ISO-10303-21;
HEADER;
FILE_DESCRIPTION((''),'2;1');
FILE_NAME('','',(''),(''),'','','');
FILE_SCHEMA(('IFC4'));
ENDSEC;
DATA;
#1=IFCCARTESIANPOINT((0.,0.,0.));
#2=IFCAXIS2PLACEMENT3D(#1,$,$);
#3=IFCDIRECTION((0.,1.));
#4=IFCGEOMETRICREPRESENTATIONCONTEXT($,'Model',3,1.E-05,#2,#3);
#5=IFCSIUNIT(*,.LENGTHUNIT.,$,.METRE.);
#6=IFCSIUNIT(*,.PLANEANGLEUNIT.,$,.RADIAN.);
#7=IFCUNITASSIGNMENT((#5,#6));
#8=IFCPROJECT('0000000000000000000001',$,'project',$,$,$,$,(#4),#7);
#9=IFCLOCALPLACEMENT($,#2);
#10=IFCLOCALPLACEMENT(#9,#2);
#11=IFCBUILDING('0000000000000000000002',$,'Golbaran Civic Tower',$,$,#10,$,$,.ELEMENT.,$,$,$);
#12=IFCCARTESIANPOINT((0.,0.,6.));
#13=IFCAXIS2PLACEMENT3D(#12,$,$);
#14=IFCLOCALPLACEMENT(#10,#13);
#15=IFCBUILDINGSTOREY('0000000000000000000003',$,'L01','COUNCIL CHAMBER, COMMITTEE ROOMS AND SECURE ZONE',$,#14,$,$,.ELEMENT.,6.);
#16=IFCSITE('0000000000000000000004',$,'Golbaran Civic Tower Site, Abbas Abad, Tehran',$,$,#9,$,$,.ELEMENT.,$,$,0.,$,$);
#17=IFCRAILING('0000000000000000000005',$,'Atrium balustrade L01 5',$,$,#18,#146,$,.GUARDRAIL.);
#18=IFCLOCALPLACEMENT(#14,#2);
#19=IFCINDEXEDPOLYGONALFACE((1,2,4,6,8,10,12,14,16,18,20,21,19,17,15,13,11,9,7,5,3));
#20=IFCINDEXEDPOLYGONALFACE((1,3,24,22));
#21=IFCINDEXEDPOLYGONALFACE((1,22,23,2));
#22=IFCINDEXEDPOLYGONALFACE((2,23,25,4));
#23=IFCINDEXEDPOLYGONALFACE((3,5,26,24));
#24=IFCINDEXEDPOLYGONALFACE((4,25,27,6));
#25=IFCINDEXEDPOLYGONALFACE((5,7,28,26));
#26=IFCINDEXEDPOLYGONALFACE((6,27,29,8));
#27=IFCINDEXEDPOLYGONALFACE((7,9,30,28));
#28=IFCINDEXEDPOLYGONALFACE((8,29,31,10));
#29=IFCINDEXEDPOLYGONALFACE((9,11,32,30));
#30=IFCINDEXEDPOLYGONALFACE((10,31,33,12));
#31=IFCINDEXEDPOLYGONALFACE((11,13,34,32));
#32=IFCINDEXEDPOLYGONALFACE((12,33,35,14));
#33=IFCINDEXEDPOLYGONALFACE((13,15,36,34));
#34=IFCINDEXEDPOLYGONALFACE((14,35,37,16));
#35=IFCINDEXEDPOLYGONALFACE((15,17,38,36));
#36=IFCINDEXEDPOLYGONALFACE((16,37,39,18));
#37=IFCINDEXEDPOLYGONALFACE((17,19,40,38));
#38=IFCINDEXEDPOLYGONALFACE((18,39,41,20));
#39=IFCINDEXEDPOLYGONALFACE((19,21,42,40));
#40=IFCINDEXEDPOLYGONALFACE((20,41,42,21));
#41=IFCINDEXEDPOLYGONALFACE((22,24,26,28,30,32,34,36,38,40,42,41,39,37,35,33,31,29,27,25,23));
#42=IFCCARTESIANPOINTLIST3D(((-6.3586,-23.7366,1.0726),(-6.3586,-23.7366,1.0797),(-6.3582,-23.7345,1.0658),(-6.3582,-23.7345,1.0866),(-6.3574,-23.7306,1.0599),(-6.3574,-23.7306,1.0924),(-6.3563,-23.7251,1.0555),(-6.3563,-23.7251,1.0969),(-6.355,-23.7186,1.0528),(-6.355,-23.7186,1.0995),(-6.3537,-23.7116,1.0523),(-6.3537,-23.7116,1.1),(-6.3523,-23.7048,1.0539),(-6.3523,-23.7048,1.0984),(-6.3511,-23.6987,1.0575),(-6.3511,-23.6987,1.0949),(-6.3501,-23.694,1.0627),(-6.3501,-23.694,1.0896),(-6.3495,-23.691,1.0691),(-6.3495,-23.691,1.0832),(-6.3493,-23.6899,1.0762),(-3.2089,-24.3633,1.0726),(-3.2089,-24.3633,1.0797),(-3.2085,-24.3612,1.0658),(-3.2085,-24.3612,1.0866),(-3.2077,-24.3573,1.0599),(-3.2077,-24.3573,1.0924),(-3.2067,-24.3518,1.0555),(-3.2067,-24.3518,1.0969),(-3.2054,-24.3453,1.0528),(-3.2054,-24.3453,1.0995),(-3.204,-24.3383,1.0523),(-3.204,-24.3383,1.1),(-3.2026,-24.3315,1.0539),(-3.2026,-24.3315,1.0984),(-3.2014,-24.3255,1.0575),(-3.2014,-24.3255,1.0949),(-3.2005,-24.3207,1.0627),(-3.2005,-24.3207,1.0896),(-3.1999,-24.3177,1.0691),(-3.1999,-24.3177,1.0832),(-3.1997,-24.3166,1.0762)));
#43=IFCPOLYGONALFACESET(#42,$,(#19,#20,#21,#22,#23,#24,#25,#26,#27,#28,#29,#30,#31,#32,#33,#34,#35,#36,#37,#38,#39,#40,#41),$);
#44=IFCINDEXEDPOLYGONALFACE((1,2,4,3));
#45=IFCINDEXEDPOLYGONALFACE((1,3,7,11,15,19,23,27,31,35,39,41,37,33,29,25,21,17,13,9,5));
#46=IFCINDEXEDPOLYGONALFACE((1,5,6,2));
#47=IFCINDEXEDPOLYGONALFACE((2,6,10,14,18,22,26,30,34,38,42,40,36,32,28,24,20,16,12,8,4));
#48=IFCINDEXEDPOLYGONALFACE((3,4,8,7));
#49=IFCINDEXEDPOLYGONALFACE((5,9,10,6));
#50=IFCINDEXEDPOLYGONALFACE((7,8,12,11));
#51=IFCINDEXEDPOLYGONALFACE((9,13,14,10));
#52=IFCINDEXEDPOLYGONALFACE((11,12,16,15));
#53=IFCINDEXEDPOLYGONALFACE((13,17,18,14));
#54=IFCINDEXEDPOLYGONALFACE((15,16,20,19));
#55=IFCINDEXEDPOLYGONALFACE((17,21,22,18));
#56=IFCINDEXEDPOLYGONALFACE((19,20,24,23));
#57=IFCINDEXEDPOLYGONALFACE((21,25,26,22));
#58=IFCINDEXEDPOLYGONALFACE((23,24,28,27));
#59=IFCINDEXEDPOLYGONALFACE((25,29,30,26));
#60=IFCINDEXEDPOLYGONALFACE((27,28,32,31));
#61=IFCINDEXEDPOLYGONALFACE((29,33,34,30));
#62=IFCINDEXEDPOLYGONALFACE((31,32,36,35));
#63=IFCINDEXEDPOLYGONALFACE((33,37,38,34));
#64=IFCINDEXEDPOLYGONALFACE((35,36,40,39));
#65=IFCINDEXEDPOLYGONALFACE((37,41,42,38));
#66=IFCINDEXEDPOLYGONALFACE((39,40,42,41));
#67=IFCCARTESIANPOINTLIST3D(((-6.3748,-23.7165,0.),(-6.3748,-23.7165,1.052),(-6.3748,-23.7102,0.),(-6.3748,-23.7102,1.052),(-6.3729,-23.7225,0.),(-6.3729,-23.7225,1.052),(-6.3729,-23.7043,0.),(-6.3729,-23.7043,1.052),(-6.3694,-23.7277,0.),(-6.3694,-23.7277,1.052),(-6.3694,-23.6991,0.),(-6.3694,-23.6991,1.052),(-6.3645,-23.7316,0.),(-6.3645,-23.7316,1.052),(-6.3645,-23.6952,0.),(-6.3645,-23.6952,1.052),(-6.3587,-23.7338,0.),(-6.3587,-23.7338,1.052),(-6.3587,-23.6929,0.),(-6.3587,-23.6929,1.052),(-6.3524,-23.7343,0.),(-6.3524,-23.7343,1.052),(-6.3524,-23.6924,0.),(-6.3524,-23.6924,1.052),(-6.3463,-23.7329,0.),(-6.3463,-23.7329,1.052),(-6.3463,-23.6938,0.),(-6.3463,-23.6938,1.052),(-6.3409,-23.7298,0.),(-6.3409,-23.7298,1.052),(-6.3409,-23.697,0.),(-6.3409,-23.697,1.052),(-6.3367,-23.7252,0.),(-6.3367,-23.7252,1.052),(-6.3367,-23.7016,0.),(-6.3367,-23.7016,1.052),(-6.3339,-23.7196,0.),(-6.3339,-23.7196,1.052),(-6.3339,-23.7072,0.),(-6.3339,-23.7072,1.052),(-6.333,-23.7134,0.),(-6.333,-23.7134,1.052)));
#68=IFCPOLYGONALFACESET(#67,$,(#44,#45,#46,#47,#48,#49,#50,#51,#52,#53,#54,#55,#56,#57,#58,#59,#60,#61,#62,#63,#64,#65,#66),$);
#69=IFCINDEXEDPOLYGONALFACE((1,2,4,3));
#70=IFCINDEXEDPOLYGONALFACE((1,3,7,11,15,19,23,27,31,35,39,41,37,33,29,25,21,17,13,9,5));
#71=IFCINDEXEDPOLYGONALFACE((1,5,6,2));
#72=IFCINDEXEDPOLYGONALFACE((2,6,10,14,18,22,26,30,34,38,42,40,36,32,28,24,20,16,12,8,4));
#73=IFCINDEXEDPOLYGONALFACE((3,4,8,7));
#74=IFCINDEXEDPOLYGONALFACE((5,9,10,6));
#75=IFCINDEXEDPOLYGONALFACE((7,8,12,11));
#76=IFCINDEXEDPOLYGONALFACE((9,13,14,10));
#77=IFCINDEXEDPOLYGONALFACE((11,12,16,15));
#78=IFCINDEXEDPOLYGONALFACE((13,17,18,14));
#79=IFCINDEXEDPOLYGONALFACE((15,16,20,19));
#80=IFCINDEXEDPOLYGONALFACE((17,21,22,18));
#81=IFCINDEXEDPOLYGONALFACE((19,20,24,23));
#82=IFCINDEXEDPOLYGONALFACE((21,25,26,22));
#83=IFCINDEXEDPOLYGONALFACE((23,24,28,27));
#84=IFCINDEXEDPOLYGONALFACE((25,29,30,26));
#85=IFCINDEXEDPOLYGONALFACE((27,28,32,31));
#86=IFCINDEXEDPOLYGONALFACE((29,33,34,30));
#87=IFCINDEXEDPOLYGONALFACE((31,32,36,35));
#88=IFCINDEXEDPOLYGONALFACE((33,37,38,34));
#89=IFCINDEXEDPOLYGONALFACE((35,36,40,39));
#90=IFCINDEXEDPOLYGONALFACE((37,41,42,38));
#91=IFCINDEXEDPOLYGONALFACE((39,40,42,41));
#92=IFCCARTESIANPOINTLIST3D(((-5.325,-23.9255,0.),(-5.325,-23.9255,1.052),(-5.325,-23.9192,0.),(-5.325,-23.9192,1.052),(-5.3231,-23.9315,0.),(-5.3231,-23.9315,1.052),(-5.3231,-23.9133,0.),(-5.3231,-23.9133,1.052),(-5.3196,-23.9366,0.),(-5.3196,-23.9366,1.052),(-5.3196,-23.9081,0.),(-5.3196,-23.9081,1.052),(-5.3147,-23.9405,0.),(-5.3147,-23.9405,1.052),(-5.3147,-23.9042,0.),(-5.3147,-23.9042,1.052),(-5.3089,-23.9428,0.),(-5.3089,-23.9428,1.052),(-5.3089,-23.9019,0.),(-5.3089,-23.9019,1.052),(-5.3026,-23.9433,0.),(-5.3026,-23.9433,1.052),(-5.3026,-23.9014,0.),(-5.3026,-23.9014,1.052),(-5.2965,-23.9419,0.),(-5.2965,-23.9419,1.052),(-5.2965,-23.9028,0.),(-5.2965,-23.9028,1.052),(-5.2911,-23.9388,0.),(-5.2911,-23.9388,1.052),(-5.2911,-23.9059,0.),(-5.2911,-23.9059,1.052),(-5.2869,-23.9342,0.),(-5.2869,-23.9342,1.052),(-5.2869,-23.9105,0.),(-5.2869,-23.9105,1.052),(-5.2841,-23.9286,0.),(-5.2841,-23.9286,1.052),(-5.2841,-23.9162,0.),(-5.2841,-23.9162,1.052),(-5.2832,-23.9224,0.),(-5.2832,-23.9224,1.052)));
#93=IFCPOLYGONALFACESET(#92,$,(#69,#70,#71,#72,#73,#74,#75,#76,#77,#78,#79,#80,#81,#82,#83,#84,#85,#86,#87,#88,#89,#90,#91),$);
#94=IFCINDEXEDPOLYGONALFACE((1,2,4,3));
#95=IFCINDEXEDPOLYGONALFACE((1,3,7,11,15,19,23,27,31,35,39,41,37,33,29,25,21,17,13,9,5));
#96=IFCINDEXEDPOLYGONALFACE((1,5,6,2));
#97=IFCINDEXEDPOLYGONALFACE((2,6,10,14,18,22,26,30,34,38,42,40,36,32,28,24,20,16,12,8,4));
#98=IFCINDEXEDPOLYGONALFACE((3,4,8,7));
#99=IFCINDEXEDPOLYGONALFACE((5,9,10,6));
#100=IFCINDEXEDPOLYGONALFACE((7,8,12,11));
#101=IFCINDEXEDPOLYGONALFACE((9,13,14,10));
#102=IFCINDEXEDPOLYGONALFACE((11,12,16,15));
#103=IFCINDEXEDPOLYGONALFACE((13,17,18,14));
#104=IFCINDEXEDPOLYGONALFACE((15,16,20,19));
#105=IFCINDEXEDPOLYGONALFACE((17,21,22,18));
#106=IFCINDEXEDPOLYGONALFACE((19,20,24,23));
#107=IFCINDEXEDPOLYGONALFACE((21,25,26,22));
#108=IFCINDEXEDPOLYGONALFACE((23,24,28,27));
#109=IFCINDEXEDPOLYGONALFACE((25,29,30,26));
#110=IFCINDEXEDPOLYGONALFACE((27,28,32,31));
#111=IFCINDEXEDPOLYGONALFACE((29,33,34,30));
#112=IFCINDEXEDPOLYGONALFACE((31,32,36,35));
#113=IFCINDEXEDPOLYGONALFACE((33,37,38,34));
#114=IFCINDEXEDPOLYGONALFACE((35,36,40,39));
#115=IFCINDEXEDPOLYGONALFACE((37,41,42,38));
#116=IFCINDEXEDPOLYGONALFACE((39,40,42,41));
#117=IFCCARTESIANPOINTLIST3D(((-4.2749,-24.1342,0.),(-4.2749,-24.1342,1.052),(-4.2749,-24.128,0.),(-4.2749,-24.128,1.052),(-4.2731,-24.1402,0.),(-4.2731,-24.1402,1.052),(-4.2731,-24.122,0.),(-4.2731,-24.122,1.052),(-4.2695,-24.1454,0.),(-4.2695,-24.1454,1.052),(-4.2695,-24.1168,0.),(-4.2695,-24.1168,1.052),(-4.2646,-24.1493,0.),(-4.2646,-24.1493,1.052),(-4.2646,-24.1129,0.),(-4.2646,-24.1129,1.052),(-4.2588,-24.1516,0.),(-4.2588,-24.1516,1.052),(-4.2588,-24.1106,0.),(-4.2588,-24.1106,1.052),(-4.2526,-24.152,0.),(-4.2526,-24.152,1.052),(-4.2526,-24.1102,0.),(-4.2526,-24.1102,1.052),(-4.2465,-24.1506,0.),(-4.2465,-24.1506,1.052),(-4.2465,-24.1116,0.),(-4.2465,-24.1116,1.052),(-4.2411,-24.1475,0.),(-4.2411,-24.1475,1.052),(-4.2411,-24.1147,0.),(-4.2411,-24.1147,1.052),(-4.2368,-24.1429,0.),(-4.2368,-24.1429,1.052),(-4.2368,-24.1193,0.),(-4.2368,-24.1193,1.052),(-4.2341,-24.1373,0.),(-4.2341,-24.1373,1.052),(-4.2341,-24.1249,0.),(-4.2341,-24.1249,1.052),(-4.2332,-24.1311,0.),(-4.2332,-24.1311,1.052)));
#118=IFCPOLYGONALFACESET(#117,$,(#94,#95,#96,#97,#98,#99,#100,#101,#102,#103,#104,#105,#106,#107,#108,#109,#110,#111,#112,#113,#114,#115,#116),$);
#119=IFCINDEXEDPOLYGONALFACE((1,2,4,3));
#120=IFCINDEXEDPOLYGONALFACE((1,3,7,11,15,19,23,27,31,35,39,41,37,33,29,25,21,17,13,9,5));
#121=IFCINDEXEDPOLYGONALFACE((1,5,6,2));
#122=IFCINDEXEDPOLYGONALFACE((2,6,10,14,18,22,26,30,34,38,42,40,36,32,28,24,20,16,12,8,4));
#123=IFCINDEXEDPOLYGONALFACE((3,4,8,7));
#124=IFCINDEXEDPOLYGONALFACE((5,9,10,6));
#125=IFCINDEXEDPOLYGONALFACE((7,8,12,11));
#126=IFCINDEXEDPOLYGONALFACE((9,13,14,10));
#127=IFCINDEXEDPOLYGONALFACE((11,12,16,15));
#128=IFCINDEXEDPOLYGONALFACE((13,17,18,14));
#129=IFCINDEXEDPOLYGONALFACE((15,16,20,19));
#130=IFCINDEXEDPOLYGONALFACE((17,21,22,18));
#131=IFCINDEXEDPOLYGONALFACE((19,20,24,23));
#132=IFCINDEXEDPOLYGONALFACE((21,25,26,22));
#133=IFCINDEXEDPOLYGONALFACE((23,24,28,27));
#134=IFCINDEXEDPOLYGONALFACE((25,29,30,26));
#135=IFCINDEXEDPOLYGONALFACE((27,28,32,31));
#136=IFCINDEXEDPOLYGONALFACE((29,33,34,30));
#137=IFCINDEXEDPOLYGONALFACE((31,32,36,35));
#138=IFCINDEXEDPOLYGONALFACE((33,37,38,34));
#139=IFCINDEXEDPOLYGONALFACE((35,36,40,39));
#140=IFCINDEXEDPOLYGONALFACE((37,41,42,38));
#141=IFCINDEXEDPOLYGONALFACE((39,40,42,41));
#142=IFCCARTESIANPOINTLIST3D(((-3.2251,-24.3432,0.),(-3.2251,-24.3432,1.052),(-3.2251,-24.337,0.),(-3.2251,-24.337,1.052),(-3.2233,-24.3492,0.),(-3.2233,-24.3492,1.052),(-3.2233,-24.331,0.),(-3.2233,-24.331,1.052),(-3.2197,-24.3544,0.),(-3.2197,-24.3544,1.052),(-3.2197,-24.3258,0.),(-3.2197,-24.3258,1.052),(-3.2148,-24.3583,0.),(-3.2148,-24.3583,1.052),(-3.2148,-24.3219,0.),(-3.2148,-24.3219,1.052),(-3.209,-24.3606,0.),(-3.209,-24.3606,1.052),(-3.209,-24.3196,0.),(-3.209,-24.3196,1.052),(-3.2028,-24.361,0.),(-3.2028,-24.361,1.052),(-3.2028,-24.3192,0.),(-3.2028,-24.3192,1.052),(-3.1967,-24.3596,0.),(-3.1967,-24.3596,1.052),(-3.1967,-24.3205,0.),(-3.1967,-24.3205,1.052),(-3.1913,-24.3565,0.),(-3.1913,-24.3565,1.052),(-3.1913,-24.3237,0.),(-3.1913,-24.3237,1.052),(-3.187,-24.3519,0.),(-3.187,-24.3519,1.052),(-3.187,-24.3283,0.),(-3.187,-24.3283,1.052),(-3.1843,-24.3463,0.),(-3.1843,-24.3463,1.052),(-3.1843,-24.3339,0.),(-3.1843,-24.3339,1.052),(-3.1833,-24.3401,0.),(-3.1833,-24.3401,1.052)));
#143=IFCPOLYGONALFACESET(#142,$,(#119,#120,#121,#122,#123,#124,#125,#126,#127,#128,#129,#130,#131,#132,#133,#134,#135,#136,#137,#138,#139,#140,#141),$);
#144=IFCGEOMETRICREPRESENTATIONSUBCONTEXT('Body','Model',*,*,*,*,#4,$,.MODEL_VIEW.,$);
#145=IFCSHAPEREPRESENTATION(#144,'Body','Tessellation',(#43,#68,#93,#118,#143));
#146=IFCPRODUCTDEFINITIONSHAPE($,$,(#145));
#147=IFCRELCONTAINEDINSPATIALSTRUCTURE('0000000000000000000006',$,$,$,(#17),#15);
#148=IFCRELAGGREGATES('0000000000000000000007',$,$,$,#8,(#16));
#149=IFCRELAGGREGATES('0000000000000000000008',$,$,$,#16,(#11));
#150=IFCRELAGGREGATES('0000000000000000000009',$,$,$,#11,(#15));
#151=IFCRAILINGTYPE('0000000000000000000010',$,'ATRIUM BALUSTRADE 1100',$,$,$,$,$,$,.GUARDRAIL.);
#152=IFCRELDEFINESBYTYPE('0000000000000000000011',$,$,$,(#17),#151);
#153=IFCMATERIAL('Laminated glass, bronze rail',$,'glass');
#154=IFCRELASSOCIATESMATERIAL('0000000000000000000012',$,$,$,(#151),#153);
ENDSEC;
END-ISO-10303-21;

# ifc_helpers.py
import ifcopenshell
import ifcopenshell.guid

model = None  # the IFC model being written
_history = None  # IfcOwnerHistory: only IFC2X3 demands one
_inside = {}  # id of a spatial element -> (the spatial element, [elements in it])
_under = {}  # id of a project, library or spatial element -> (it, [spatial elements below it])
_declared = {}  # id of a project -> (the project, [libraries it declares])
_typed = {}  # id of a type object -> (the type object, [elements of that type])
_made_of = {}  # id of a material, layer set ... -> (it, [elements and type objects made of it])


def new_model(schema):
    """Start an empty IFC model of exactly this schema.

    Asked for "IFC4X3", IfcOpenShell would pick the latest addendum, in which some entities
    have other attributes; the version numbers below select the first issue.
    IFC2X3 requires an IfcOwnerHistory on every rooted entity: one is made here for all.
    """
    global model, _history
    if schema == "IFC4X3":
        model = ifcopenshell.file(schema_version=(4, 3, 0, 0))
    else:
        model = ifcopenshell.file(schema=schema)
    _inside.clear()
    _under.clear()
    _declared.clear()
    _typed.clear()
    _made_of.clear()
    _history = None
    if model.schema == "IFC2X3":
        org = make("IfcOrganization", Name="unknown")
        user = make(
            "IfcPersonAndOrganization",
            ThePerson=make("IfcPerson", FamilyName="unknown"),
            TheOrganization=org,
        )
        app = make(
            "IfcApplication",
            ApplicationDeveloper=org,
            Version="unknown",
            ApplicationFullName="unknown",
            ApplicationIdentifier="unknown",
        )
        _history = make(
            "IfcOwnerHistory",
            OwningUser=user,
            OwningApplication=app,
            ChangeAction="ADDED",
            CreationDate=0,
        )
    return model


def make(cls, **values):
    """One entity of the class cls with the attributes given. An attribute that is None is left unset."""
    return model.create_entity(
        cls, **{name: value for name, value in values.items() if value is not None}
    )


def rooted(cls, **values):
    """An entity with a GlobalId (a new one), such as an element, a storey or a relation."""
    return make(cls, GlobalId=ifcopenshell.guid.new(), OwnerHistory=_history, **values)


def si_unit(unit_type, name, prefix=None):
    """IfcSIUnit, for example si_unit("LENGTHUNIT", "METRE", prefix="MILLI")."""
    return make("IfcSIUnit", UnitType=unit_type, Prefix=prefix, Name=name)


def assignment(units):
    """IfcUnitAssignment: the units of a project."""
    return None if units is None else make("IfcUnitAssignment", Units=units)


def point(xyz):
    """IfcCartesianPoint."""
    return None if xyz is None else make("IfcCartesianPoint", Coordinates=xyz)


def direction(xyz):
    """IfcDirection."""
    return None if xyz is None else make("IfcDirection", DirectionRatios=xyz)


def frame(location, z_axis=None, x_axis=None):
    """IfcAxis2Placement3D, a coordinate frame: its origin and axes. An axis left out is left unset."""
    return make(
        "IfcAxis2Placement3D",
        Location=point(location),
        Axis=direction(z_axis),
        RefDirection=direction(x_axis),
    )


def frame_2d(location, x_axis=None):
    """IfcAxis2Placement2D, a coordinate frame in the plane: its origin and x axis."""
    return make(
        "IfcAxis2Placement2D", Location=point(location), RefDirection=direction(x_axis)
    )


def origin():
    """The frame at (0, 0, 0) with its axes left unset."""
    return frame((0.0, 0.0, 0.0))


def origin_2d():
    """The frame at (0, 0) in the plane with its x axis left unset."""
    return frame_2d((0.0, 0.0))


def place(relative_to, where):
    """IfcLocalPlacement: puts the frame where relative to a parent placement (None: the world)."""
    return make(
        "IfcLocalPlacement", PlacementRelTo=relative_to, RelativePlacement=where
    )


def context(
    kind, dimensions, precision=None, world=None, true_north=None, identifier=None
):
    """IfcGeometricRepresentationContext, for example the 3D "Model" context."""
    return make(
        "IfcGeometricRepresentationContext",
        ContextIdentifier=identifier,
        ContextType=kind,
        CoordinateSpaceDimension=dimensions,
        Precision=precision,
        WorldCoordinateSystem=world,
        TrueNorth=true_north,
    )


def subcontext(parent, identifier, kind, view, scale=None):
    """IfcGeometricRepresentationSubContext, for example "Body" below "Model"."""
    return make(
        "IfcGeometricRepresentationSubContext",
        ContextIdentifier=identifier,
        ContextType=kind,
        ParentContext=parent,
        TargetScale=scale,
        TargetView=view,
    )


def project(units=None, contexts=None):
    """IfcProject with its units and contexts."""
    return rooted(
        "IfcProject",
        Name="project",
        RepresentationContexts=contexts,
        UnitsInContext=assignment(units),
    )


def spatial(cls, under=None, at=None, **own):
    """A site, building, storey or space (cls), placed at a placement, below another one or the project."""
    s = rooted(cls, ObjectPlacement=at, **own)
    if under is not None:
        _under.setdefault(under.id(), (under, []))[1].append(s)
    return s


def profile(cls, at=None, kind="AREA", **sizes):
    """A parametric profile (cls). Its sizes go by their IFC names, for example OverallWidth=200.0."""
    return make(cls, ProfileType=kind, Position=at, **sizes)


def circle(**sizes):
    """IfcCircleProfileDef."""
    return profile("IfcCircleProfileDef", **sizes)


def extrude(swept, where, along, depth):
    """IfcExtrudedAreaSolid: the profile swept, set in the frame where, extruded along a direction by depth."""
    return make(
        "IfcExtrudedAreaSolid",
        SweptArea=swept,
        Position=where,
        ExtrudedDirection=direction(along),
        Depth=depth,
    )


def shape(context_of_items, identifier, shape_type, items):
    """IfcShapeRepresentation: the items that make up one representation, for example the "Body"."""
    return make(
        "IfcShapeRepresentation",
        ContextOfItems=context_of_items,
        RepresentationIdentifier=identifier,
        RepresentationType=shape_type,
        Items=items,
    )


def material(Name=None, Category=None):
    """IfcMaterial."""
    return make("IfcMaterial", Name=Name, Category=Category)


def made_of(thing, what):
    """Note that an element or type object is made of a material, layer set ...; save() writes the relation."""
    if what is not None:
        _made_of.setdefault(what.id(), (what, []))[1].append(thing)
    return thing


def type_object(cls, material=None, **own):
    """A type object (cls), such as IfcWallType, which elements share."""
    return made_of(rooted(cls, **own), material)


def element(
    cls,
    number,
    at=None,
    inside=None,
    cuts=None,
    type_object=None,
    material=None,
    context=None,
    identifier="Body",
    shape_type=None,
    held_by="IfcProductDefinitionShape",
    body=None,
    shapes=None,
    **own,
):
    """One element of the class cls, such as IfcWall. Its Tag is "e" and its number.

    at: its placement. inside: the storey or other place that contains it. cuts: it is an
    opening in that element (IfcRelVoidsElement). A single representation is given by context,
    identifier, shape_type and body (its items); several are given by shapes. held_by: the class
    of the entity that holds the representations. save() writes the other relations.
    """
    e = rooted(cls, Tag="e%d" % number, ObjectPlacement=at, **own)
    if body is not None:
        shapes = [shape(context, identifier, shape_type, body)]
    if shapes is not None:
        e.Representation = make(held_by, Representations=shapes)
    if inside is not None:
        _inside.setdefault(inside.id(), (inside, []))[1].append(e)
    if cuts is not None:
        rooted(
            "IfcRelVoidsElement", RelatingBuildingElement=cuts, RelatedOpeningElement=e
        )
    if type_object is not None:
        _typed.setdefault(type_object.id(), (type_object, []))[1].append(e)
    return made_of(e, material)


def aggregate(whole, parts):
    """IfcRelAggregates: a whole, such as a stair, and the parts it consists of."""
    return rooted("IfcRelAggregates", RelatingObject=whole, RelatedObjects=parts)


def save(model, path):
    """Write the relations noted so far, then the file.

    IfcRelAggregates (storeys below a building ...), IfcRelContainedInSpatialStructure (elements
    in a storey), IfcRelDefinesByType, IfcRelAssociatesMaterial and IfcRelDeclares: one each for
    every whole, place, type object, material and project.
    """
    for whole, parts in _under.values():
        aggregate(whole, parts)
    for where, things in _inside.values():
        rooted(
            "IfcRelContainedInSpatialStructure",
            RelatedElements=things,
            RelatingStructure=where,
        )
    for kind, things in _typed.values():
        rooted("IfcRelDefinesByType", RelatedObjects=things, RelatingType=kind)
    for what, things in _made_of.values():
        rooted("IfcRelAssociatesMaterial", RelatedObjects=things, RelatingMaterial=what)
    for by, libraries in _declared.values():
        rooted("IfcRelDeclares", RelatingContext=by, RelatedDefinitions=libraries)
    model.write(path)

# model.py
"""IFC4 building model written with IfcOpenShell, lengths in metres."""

from ifc_helpers import new_model, si_unit, direction, frame, origin, origin_2d, place, context, subcontext, project, spatial, circle, extrude, material, type_object, element, save


model = new_model("IFC4")

# Units and contexts
model_context = context("Model", 3, precision=1e-05, world=origin(), true_north=direction((0.0, 1.0)))
body_context = subcontext(model_context, "Body", "Model", "MODEL_VIEW")
ifc_project = project(units=[si_unit("LENGTHUNIT", "METRE"), si_unit("PLANEANGLEUNIT", "RADIAN")], contexts=[model_context])

# Site, building, storey
site_placement = place(None, origin())
site = spatial("IfcSite", under=ifc_project, at=site_placement, Name="Golbaran Civic Tower Site, Abbas Abad, Tehran", CompositionType="ELEMENT", RefElevation=0.0)
building_placement = place(site_placement, origin())
building = spatial("IfcBuilding", under=site, at=building_placement, Name="Golbaran Civic Tower", CompositionType="ELEMENT")
storey_placement = place(building_placement, frame((0.0, 0.0, 6.0)))
storey = spatial("IfcBuildingStorey", under=building, at=storey_placement, Name="L01", Description="COUNCIL CHAMBER, COMMITTEE ROOMS AND SECURE ZONE", CompositionType="ELEMENT", Elevation=6.0)

# Railing
ifc_material_1 = material(Name="Laminated glass, bronze rail", Category="glass")
railing_type = type_object("IfcRailingType", Name="ATRIUM BALUSTRADE 1100", PredefinedType="GUARDRAIL", material=ifc_material_1)
railing_1_placement = place(storey_placement, frame((-6.354, -23.7134, 0.0)))
element("IfcRailing", 1, at=railing_1_placement, inside=storey, type_object=railing_type, Name="Atrium balustrade L01 5", PredefinedType="GUARDRAIL", context=body_context, shape_type="SweptSolid", body=[
    extrude(circle(Radius=0.0239, at=origin_2d()), frame((0.0, 0.0, 1.0762), z_axis=(0.980773, -0.195151, 0.0), x_axis=(0.195151, 0.980773, 0.0)), (0.0, 0.0, 1.0), 3.2114),
    extrude(circle(Radius=0.021, at=origin_2d()), origin(), (0.0, 0.0, 1.0), 1.052),
    extrude(circle(Radius=0.021, at=origin_2d()), frame((1.0498, -0.209, 0.0)), (0.0, 0.0, 1.0), 1.052),
    extrude(circle(Radius=0.021, at=origin_2d()), frame((2.0999, -0.4177, 0.0)), (0.0, 0.0, 1.0), 1.052),
    extrude(circle(Radius=0.021, at=origin_2d()), frame((3.1497, -0.6267, 0.0)), (0.0, 0.0, 1.0), 1.052),
])

save(model, "model.ifc")
